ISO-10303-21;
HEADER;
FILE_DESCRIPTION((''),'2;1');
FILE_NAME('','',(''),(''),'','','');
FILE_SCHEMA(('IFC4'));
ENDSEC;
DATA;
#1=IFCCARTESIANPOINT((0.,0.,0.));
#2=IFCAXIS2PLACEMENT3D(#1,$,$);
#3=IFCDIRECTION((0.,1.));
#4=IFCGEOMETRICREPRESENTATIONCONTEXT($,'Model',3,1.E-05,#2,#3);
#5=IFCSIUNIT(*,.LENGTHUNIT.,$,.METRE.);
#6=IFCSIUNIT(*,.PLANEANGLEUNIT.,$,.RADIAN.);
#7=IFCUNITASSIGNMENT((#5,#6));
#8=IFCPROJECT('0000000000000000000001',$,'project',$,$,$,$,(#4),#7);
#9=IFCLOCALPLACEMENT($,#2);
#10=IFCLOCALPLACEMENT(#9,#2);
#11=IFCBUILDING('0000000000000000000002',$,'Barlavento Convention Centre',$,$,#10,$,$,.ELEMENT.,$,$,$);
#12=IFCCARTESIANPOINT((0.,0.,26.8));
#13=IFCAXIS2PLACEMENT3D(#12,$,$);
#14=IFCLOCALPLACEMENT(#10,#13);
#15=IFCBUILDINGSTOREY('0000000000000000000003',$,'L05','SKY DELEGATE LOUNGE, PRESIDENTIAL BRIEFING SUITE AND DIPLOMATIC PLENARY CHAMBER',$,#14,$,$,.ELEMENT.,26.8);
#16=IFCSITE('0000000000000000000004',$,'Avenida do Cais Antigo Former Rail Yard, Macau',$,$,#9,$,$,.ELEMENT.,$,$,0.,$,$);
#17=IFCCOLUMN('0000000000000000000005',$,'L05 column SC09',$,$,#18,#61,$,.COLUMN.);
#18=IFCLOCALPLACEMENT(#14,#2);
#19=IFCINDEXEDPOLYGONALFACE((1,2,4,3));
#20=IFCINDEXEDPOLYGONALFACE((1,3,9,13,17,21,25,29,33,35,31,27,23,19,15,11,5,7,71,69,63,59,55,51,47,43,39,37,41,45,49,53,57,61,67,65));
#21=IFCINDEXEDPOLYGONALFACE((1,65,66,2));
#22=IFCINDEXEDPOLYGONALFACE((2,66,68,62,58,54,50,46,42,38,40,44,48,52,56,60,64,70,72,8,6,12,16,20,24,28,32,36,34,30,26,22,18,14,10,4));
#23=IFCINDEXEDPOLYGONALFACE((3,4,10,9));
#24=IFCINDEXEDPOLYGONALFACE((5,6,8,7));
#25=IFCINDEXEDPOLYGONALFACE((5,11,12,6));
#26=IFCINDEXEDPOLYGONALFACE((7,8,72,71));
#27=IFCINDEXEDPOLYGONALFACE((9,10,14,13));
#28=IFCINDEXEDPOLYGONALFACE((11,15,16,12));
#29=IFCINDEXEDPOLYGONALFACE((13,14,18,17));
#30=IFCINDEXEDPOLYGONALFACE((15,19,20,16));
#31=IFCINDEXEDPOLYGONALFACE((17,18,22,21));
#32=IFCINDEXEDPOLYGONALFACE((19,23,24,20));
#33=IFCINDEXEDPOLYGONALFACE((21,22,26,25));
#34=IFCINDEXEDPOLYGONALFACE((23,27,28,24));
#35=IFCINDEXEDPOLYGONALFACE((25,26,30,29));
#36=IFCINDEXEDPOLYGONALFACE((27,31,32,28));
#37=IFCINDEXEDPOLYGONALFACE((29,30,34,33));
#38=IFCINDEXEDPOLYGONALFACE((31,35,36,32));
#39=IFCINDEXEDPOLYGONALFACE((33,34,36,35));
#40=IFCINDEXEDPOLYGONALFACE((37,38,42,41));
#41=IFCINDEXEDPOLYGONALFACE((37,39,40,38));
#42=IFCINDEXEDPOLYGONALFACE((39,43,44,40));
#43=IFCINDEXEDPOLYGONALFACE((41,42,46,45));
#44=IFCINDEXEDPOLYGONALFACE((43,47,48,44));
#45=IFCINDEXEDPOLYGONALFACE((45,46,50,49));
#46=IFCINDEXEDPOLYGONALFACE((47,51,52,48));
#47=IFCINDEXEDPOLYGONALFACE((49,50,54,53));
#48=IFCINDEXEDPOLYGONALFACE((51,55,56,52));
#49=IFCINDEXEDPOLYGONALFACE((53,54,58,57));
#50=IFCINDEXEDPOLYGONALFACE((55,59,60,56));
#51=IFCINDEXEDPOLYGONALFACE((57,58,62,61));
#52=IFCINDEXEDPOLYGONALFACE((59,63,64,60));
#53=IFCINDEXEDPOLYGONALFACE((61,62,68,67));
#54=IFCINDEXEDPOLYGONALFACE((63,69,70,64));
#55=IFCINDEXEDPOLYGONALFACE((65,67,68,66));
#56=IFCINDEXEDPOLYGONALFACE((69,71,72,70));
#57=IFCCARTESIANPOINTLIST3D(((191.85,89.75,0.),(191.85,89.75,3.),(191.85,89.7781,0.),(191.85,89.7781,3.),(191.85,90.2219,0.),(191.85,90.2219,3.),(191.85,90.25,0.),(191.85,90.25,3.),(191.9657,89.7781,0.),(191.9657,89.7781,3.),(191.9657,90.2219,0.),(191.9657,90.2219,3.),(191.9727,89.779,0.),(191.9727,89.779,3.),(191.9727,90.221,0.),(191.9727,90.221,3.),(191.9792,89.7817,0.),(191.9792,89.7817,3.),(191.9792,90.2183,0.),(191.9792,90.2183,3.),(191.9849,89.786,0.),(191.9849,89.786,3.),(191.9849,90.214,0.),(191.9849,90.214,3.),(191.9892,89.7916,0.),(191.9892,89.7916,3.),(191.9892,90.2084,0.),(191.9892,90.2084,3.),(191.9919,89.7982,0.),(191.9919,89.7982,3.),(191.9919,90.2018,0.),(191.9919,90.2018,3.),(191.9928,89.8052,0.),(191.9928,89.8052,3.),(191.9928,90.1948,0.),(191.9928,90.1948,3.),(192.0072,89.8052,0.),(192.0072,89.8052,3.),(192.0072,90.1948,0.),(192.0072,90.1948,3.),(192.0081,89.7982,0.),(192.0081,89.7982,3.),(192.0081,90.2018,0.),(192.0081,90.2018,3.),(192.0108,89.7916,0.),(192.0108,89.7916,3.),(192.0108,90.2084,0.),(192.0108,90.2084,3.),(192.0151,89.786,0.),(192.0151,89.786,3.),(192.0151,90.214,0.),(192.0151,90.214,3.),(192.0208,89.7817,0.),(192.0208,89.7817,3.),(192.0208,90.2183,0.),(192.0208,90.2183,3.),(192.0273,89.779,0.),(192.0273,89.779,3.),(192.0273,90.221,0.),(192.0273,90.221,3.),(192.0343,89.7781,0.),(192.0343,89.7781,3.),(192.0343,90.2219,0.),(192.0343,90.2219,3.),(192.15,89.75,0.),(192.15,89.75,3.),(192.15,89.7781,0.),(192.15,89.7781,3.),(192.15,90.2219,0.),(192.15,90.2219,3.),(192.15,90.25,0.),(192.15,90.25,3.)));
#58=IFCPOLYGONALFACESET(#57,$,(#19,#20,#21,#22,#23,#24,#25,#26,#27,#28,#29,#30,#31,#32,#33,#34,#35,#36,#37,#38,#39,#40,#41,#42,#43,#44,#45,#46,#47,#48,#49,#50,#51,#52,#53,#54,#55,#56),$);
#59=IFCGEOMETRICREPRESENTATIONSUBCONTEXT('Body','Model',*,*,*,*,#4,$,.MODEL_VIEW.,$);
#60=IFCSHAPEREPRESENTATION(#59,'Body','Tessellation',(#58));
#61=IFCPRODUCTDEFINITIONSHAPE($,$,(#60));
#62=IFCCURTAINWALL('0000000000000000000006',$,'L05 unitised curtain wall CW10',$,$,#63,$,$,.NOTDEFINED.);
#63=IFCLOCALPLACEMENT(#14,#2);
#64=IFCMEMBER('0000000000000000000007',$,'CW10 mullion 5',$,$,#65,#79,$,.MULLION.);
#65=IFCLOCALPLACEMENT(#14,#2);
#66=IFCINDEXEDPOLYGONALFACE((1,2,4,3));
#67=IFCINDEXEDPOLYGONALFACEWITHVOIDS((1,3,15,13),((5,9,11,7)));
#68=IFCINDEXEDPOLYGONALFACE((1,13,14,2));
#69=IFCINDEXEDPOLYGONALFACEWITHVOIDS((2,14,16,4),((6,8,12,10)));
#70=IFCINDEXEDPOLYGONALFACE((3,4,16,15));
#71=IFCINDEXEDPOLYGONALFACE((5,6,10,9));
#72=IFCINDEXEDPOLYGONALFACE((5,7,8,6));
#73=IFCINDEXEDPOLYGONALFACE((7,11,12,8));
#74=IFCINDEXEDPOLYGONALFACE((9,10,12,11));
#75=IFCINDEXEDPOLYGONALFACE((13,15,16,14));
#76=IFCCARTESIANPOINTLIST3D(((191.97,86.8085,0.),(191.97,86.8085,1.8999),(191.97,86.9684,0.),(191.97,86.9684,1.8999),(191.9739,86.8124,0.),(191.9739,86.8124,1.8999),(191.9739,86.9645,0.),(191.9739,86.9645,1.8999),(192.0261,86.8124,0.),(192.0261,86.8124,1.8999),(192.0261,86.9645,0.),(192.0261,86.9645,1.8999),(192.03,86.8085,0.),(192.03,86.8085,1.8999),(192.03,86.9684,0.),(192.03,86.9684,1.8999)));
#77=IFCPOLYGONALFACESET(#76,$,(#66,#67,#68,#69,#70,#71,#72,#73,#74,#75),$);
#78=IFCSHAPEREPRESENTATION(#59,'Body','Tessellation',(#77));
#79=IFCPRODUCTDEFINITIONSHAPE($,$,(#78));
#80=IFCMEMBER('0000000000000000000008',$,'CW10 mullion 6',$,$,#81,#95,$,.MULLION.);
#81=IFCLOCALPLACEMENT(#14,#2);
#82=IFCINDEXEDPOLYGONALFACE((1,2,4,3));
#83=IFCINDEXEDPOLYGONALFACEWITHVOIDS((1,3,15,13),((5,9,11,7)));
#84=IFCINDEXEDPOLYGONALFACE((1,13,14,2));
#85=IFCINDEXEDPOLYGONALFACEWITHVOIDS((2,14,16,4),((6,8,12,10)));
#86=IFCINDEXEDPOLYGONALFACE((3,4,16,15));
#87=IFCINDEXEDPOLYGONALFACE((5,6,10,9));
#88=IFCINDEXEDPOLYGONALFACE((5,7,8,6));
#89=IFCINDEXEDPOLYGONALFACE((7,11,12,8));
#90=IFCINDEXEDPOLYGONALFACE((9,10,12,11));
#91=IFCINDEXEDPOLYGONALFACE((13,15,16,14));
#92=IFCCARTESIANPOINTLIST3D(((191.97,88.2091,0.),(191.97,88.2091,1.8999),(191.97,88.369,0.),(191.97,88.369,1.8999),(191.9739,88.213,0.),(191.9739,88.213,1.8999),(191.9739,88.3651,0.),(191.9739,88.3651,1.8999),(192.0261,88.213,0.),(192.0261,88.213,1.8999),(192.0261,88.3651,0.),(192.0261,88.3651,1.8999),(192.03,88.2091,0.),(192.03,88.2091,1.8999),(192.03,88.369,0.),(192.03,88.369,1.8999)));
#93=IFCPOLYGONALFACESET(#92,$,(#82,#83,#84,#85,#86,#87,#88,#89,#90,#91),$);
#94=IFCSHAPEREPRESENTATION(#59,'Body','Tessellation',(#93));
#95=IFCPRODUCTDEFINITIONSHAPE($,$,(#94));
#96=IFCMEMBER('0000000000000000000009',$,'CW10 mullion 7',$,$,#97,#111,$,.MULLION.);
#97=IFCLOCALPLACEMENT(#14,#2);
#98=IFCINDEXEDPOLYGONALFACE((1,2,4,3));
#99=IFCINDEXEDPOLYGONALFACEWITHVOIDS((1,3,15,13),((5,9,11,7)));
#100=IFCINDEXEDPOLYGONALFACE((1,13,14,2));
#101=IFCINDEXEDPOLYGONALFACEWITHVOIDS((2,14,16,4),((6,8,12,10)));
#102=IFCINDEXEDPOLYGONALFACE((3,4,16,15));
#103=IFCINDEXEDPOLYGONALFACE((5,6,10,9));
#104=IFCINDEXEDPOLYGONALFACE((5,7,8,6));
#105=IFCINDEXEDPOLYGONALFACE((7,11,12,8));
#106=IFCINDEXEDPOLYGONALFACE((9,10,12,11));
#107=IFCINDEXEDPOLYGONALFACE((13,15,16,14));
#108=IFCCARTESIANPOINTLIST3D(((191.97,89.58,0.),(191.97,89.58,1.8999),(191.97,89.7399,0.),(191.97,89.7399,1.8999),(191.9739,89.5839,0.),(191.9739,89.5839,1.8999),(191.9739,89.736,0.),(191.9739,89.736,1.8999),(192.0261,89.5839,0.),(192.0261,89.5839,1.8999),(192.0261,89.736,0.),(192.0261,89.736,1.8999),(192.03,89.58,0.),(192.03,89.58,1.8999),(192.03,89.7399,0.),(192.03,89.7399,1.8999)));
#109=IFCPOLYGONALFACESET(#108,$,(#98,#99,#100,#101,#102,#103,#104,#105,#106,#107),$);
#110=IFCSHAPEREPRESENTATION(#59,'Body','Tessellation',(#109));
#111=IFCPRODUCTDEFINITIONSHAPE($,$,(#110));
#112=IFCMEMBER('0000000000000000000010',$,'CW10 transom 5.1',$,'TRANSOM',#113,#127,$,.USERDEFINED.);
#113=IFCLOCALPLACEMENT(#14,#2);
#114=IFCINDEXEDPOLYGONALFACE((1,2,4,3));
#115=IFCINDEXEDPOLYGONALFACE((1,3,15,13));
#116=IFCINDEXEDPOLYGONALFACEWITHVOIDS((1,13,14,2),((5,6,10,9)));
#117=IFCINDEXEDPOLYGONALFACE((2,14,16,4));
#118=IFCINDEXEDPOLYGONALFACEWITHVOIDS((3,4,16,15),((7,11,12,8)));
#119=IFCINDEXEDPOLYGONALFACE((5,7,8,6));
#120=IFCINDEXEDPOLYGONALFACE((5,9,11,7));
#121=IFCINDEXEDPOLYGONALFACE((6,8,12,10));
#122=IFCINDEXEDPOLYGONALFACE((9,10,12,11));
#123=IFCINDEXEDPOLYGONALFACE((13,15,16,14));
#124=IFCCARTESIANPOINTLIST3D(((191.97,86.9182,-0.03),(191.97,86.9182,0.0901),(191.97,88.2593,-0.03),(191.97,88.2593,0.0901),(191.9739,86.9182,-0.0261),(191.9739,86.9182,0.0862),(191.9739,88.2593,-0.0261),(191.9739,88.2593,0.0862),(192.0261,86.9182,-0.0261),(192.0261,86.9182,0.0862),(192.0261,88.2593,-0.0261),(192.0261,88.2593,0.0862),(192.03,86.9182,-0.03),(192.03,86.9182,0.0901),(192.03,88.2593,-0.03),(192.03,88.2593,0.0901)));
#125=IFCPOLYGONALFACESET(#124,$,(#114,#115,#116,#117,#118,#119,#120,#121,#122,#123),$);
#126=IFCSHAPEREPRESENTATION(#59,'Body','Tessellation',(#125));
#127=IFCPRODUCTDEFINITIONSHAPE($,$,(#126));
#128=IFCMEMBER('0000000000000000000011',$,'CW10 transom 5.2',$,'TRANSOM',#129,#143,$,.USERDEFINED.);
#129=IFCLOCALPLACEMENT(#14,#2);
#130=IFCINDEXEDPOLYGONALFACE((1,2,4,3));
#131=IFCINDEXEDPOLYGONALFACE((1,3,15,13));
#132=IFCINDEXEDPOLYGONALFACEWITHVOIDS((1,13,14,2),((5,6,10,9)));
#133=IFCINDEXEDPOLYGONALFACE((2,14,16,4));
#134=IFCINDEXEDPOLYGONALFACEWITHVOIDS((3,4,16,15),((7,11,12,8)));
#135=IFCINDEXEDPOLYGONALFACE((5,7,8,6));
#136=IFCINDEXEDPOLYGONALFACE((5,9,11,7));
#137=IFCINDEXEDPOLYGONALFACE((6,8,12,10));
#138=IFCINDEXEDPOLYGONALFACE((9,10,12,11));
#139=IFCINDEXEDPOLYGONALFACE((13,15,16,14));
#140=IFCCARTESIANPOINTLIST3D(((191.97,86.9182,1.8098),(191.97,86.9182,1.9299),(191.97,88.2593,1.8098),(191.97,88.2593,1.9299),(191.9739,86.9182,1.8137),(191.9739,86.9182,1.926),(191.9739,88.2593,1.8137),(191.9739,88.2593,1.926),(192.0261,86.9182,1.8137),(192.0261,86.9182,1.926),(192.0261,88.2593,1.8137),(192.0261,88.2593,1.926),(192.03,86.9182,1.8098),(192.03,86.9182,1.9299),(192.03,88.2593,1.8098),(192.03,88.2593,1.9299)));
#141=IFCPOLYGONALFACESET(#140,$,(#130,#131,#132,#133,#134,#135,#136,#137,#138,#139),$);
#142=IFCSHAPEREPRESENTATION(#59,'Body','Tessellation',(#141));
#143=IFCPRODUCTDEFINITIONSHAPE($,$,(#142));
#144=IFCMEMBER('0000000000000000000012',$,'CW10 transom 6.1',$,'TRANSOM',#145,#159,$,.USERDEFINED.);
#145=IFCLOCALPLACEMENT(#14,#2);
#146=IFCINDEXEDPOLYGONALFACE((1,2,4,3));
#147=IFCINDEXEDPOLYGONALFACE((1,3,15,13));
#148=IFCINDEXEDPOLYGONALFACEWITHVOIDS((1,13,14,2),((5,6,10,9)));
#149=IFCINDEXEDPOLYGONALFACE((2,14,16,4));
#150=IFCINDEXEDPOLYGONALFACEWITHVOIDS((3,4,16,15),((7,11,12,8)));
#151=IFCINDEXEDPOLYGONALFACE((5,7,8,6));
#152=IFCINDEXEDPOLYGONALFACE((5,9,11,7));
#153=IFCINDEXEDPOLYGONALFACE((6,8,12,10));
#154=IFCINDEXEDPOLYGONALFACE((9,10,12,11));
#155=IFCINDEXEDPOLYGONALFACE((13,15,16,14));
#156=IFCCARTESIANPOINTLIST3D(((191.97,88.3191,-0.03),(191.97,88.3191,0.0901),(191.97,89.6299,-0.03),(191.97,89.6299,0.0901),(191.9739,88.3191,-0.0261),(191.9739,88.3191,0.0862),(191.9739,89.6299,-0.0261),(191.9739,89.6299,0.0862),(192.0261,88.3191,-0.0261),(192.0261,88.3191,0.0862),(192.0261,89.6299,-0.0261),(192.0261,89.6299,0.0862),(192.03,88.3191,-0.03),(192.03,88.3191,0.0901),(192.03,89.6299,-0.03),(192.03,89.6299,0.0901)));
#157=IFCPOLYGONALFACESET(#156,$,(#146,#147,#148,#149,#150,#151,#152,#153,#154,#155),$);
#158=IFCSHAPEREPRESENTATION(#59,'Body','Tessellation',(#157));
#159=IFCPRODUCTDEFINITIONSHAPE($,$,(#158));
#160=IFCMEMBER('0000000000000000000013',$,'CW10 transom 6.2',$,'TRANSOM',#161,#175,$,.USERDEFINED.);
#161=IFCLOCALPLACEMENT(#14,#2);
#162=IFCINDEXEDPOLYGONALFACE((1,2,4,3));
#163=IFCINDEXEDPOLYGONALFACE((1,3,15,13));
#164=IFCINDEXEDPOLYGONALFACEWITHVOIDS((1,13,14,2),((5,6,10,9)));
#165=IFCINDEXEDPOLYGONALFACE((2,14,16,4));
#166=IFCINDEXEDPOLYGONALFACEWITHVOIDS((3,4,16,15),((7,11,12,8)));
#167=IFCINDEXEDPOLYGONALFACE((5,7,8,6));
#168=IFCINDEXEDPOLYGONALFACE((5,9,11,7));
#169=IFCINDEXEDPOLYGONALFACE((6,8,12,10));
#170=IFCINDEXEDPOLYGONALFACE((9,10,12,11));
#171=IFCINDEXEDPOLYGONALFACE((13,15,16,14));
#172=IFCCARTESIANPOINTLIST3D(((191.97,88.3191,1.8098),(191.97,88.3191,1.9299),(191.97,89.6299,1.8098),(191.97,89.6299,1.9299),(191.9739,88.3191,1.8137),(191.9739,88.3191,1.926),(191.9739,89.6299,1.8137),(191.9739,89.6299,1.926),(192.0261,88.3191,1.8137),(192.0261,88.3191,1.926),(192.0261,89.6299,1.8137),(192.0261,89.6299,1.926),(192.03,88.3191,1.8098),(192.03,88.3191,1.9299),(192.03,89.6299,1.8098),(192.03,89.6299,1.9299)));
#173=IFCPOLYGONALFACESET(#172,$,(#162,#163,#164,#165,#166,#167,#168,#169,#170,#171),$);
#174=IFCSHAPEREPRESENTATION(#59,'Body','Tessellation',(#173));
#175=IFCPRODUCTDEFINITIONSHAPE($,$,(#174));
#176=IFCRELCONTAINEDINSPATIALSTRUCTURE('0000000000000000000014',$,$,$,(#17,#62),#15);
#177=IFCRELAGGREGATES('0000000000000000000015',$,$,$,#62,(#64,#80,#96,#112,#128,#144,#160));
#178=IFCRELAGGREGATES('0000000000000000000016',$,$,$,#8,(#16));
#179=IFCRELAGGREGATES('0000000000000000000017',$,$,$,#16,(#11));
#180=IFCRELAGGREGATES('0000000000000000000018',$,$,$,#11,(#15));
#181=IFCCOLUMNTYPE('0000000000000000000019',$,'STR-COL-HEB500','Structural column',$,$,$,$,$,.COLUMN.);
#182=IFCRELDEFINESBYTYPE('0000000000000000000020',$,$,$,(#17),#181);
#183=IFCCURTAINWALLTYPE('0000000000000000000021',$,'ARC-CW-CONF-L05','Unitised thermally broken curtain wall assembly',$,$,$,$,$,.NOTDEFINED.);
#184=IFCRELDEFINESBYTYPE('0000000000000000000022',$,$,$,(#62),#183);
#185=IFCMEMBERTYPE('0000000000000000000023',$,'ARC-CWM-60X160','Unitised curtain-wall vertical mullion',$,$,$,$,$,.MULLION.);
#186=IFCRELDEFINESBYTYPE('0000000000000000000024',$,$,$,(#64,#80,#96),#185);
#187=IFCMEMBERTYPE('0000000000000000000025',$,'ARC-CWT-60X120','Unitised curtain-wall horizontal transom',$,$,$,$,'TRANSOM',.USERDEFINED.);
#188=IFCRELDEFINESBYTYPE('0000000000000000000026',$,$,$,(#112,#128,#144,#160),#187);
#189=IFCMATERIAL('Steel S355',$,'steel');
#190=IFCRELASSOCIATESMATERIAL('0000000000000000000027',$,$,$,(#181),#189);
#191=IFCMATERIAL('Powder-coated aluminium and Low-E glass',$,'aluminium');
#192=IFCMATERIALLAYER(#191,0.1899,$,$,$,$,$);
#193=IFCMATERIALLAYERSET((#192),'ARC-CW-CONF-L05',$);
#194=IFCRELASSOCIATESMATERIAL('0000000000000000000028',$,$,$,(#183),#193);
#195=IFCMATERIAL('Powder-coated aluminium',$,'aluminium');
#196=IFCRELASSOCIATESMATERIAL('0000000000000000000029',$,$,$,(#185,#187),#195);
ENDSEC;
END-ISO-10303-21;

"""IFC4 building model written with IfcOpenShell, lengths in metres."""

from ifc_helpers import new_model, si_unit, direction, frame, origin, origin_2d, place, context, subcontext, project, spatial, hollow_rectangle, i_section, extrude, material, layer, layer_set, material_profile, profile_set, type_object, element, aggregate, save


model = new_model("IFC4")

# Units and contexts
model_context = context("Model", 3, precision=1e-05, world=origin(), true_north=direction((0.0, 1.0)))
body_context = subcontext(model_context, "Body", "Model", "MODEL_VIEW")
ifc_project = project(units=[si_unit("LENGTHUNIT", "METRE"), si_unit("PLANEANGLEUNIT", "RADIAN")], contexts=[model_context])

# Site, building, storey
site_placement = place(None, origin())
site = spatial("IfcSite", under=ifc_project, at=site_placement, Name="Avenida do Cais Antigo Former Rail Yard, Macau", CompositionType="ELEMENT", RefElevation=0.0)
building_placement = place(site_placement, origin())
building = spatial("IfcBuilding", under=site, at=building_placement, Name="Barlavento Convention Centre", CompositionType="ELEMENT")
storey_placement = place(building_placement, frame((0.0, 0.0, 26.8)))
storey = spatial("IfcBuildingStorey", under=building, at=storey_placement, Name="L05", Description="SKY DELEGATE LOUNGE, PRESIDENTIAL BRIEFING SUITE AND DIPLOMATIC PLENARY CHAMBER", CompositionType="ELEMENT", Elevation=26.8)

# Column
ifc_material_1 = material(Name="Steel S355", Category="steel")
ifc_material_profile_1 = material_profile(ifc_material_1, i_section(OverallWidth=0.3, OverallDepth=0.5, WebThickness=0.0144, FlangeThickness=0.0281, FilletRadius=0.0271, at=origin_2d()), Name="HEB 500")
ifc_profile_set_1 = profile_set([ifc_material_profile_1], Name="Steel S355")
column_type = type_object("IfcColumnType", Name="STR-COL-HEB500", Description="Structural column", PredefinedType="COLUMN", material=ifc_profile_set_1)
column_placement = place(storey_placement, frame((192.0, 90.0, 0.0), z_axis=(0.0, 0.0, 1.0), x_axis=(1.0, 0.0, 0.0)))
element("IfcColumn", 1, at=column_placement, inside=storey, type_object=column_type, Name="L05 column SC09", PredefinedType="COLUMN", context=body_context, shape_type="SweptSolid", body=[
    extrude(i_section(OverallWidth=0.3, OverallDepth=0.5, WebThickness=0.0144, FlangeThickness=0.0281, FilletRadius=0.0271, at=origin_2d()), origin(), (0.0, 0.0, 1.0), 3.0),
])

# Curtain wall, members
ifc_material_2 = material(Name="Powder-coated aluminium and Low-E glass", Category="aluminium")
ifc_layer_1 = layer(ifc_material_2, 0.1899)
ifc_layer_set_1 = layer_set([ifc_layer_1], Name="ARC-CW-CONF-L05")
curtain_wall_type = type_object("IfcCurtainWallType", Name="ARC-CW-CONF-L05", Description="Unitised thermally broken curtain wall assembly", PredefinedType="NOTDEFINED", material=ifc_layer_set_1)
curtain_wall_placement = place(storey_placement, origin())
curtain_wall = element("IfcCurtainWall", 2, at=curtain_wall_placement, inside=storey, type_object=curtain_wall_type, Name="L05 unitised curtain wall CW10", PredefinedType="NOTDEFINED")
ifc_material_3 = material(Name="Powder-coated aluminium", Category="aluminium")
ifc_material_profile_2 = material_profile(ifc_material_3, hollow_rectangle(XDim=0.0601, YDim=0.1599, WallThickness=0.0039, at=origin_2d()), Name="AL-MULL 60x160x4")
ifc_profile_set_2 = profile_set([ifc_material_profile_2], Name="Powder-coated aluminium")
member_type_1 = type_object("IfcMemberType", Name="ARC-CWM-60X160", Description="Unitised curtain-wall vertical mullion", PredefinedType="MULLION", material=ifc_profile_set_2)
member_1_placement = place(storey_placement, frame((192.0, 86.8884, 0.0), z_axis=(0.0, 0.0, 1.0), x_axis=(-1.0, 0.0, 0.0)))
member_1 = element("IfcMember", 3, at=member_1_placement, type_object=member_type_1, Name="CW10 mullion 5", PredefinedType="MULLION", context=body_context, shape_type="SweptSolid", body=[
    extrude(hollow_rectangle(XDim=0.0601, YDim=0.1599, WallThickness=0.0039, at=origin_2d()), origin(), (0.0, 0.0, 1.0), 1.8999),
])
member_2_placement = place(storey_placement, frame((192.0, 88.2891, 0.0), z_axis=(0.0, 0.0, 1.0), x_axis=(-1.0, 0.0, 0.0)))
member_2 = element("IfcMember", 4, at=member_2_placement, type_object=member_type_1, Name="CW10 mullion 6", PredefinedType="MULLION", context=body_context, shape_type="SweptSolid", body=[
    extrude(hollow_rectangle(XDim=0.0601, YDim=0.1599, WallThickness=0.0039, at=origin_2d()), origin(), (0.0, 0.0, 1.0), 1.8999),
])
member_3_placement = place(storey_placement, frame((192.0, 89.6599, 0.0), z_axis=(0.0, 0.0, 1.0), x_axis=(-1.0, 0.0, 0.0)))
member_3 = element("IfcMember", 5, at=member_3_placement, type_object=member_type_1, Name="CW10 mullion 7", PredefinedType="MULLION", context=body_context, shape_type="SweptSolid", body=[
    extrude(hollow_rectangle(XDim=0.0601, YDim=0.1599, WallThickness=0.0039, at=origin_2d()), origin(), (0.0, 0.0, 1.0), 1.8999),
])
ifc_material_profile_3 = material_profile(ifc_material_3, hollow_rectangle(XDim=0.0601, YDim=0.1201, WallThickness=0.0039, at=origin_2d()), Name="AL-TRAN 60x120x4")
ifc_profile_set_3 = profile_set([ifc_material_profile_3], Name="Powder-coated aluminium")
member_type_2 = type_object("IfcMemberType", Name="ARC-CWT-60X120", Description="Unitised curtain-wall horizontal transom", ElementType="TRANSOM", PredefinedType="USERDEFINED", material=ifc_profile_set_3)
member_4_placement = place(storey_placement, frame((192.0, 86.9182, 0.03), z_axis=(0.0, 1.0, 0.0), x_axis=(-1.0, 0.0, 0.0)))
member_4 = element("IfcMember", 6, at=member_4_placement, type_object=member_type_2, Name="CW10 transom 5.1", ObjectType="TRANSOM", PredefinedType="USERDEFINED", context=body_context, shape_type="SweptSolid", body=[
    extrude(hollow_rectangle(XDim=0.0601, YDim=0.1201, WallThickness=0.0039, at=origin_2d()), origin(), (0.0, 0.0, 1.0), 1.3411),
])
member_5_placement = place(storey_placement, frame((192.0, 86.9182, 1.8699), z_axis=(0.0, 1.0, 0.0), x_axis=(-1.0, 0.0, 0.0)))
member_5 = element("IfcMember", 7, at=member_5_placement, type_object=member_type_2, Name="CW10 transom 5.2", ObjectType="TRANSOM", PredefinedType="USERDEFINED", context=body_context, shape_type="SweptSolid", body=[
    extrude(hollow_rectangle(XDim=0.0601, YDim=0.1201, WallThickness=0.0039, at=origin_2d()), origin(), (0.0, 0.0, 1.0), 1.3411),
])
member_6_placement = place(storey_placement, frame((192.0, 88.3191, 0.03), z_axis=(0.0, 1.0, 0.0), x_axis=(-1.0, 0.0, 0.0)))
member_6 = element("IfcMember", 8, at=member_6_placement, type_object=member_type_2, Name="CW10 transom 6.1", ObjectType="TRANSOM", PredefinedType="USERDEFINED", context=body_context, shape_type="SweptSolid", body=[
    extrude(hollow_rectangle(XDim=0.0601, YDim=0.1201, WallThickness=0.0039, at=origin_2d()), origin(), (0.0, 0.0, 1.0), 1.3108),
])
member_7_placement = place(storey_placement, frame((192.0, 88.3191, 1.8699), z_axis=(0.0, 1.0, 0.0), x_axis=(-1.0, 0.0, 0.0)))
member_7 = element("IfcMember", 9, at=member_7_placement, type_object=member_type_2, Name="CW10 transom 6.2", ObjectType="TRANSOM", PredefinedType="USERDEFINED", context=body_context, shape_type="SweptSolid", body=[
    extrude(hollow_rectangle(XDim=0.0601, YDim=0.1201, WallThickness=0.0039, at=origin_2d()), origin(), (0.0, 0.0, 1.0), 1.3108),
])

aggregate(curtain_wall, [member_1, member_2, member_3, member_4, member_5, member_6, member_7])

save(model, "model.ifc")
